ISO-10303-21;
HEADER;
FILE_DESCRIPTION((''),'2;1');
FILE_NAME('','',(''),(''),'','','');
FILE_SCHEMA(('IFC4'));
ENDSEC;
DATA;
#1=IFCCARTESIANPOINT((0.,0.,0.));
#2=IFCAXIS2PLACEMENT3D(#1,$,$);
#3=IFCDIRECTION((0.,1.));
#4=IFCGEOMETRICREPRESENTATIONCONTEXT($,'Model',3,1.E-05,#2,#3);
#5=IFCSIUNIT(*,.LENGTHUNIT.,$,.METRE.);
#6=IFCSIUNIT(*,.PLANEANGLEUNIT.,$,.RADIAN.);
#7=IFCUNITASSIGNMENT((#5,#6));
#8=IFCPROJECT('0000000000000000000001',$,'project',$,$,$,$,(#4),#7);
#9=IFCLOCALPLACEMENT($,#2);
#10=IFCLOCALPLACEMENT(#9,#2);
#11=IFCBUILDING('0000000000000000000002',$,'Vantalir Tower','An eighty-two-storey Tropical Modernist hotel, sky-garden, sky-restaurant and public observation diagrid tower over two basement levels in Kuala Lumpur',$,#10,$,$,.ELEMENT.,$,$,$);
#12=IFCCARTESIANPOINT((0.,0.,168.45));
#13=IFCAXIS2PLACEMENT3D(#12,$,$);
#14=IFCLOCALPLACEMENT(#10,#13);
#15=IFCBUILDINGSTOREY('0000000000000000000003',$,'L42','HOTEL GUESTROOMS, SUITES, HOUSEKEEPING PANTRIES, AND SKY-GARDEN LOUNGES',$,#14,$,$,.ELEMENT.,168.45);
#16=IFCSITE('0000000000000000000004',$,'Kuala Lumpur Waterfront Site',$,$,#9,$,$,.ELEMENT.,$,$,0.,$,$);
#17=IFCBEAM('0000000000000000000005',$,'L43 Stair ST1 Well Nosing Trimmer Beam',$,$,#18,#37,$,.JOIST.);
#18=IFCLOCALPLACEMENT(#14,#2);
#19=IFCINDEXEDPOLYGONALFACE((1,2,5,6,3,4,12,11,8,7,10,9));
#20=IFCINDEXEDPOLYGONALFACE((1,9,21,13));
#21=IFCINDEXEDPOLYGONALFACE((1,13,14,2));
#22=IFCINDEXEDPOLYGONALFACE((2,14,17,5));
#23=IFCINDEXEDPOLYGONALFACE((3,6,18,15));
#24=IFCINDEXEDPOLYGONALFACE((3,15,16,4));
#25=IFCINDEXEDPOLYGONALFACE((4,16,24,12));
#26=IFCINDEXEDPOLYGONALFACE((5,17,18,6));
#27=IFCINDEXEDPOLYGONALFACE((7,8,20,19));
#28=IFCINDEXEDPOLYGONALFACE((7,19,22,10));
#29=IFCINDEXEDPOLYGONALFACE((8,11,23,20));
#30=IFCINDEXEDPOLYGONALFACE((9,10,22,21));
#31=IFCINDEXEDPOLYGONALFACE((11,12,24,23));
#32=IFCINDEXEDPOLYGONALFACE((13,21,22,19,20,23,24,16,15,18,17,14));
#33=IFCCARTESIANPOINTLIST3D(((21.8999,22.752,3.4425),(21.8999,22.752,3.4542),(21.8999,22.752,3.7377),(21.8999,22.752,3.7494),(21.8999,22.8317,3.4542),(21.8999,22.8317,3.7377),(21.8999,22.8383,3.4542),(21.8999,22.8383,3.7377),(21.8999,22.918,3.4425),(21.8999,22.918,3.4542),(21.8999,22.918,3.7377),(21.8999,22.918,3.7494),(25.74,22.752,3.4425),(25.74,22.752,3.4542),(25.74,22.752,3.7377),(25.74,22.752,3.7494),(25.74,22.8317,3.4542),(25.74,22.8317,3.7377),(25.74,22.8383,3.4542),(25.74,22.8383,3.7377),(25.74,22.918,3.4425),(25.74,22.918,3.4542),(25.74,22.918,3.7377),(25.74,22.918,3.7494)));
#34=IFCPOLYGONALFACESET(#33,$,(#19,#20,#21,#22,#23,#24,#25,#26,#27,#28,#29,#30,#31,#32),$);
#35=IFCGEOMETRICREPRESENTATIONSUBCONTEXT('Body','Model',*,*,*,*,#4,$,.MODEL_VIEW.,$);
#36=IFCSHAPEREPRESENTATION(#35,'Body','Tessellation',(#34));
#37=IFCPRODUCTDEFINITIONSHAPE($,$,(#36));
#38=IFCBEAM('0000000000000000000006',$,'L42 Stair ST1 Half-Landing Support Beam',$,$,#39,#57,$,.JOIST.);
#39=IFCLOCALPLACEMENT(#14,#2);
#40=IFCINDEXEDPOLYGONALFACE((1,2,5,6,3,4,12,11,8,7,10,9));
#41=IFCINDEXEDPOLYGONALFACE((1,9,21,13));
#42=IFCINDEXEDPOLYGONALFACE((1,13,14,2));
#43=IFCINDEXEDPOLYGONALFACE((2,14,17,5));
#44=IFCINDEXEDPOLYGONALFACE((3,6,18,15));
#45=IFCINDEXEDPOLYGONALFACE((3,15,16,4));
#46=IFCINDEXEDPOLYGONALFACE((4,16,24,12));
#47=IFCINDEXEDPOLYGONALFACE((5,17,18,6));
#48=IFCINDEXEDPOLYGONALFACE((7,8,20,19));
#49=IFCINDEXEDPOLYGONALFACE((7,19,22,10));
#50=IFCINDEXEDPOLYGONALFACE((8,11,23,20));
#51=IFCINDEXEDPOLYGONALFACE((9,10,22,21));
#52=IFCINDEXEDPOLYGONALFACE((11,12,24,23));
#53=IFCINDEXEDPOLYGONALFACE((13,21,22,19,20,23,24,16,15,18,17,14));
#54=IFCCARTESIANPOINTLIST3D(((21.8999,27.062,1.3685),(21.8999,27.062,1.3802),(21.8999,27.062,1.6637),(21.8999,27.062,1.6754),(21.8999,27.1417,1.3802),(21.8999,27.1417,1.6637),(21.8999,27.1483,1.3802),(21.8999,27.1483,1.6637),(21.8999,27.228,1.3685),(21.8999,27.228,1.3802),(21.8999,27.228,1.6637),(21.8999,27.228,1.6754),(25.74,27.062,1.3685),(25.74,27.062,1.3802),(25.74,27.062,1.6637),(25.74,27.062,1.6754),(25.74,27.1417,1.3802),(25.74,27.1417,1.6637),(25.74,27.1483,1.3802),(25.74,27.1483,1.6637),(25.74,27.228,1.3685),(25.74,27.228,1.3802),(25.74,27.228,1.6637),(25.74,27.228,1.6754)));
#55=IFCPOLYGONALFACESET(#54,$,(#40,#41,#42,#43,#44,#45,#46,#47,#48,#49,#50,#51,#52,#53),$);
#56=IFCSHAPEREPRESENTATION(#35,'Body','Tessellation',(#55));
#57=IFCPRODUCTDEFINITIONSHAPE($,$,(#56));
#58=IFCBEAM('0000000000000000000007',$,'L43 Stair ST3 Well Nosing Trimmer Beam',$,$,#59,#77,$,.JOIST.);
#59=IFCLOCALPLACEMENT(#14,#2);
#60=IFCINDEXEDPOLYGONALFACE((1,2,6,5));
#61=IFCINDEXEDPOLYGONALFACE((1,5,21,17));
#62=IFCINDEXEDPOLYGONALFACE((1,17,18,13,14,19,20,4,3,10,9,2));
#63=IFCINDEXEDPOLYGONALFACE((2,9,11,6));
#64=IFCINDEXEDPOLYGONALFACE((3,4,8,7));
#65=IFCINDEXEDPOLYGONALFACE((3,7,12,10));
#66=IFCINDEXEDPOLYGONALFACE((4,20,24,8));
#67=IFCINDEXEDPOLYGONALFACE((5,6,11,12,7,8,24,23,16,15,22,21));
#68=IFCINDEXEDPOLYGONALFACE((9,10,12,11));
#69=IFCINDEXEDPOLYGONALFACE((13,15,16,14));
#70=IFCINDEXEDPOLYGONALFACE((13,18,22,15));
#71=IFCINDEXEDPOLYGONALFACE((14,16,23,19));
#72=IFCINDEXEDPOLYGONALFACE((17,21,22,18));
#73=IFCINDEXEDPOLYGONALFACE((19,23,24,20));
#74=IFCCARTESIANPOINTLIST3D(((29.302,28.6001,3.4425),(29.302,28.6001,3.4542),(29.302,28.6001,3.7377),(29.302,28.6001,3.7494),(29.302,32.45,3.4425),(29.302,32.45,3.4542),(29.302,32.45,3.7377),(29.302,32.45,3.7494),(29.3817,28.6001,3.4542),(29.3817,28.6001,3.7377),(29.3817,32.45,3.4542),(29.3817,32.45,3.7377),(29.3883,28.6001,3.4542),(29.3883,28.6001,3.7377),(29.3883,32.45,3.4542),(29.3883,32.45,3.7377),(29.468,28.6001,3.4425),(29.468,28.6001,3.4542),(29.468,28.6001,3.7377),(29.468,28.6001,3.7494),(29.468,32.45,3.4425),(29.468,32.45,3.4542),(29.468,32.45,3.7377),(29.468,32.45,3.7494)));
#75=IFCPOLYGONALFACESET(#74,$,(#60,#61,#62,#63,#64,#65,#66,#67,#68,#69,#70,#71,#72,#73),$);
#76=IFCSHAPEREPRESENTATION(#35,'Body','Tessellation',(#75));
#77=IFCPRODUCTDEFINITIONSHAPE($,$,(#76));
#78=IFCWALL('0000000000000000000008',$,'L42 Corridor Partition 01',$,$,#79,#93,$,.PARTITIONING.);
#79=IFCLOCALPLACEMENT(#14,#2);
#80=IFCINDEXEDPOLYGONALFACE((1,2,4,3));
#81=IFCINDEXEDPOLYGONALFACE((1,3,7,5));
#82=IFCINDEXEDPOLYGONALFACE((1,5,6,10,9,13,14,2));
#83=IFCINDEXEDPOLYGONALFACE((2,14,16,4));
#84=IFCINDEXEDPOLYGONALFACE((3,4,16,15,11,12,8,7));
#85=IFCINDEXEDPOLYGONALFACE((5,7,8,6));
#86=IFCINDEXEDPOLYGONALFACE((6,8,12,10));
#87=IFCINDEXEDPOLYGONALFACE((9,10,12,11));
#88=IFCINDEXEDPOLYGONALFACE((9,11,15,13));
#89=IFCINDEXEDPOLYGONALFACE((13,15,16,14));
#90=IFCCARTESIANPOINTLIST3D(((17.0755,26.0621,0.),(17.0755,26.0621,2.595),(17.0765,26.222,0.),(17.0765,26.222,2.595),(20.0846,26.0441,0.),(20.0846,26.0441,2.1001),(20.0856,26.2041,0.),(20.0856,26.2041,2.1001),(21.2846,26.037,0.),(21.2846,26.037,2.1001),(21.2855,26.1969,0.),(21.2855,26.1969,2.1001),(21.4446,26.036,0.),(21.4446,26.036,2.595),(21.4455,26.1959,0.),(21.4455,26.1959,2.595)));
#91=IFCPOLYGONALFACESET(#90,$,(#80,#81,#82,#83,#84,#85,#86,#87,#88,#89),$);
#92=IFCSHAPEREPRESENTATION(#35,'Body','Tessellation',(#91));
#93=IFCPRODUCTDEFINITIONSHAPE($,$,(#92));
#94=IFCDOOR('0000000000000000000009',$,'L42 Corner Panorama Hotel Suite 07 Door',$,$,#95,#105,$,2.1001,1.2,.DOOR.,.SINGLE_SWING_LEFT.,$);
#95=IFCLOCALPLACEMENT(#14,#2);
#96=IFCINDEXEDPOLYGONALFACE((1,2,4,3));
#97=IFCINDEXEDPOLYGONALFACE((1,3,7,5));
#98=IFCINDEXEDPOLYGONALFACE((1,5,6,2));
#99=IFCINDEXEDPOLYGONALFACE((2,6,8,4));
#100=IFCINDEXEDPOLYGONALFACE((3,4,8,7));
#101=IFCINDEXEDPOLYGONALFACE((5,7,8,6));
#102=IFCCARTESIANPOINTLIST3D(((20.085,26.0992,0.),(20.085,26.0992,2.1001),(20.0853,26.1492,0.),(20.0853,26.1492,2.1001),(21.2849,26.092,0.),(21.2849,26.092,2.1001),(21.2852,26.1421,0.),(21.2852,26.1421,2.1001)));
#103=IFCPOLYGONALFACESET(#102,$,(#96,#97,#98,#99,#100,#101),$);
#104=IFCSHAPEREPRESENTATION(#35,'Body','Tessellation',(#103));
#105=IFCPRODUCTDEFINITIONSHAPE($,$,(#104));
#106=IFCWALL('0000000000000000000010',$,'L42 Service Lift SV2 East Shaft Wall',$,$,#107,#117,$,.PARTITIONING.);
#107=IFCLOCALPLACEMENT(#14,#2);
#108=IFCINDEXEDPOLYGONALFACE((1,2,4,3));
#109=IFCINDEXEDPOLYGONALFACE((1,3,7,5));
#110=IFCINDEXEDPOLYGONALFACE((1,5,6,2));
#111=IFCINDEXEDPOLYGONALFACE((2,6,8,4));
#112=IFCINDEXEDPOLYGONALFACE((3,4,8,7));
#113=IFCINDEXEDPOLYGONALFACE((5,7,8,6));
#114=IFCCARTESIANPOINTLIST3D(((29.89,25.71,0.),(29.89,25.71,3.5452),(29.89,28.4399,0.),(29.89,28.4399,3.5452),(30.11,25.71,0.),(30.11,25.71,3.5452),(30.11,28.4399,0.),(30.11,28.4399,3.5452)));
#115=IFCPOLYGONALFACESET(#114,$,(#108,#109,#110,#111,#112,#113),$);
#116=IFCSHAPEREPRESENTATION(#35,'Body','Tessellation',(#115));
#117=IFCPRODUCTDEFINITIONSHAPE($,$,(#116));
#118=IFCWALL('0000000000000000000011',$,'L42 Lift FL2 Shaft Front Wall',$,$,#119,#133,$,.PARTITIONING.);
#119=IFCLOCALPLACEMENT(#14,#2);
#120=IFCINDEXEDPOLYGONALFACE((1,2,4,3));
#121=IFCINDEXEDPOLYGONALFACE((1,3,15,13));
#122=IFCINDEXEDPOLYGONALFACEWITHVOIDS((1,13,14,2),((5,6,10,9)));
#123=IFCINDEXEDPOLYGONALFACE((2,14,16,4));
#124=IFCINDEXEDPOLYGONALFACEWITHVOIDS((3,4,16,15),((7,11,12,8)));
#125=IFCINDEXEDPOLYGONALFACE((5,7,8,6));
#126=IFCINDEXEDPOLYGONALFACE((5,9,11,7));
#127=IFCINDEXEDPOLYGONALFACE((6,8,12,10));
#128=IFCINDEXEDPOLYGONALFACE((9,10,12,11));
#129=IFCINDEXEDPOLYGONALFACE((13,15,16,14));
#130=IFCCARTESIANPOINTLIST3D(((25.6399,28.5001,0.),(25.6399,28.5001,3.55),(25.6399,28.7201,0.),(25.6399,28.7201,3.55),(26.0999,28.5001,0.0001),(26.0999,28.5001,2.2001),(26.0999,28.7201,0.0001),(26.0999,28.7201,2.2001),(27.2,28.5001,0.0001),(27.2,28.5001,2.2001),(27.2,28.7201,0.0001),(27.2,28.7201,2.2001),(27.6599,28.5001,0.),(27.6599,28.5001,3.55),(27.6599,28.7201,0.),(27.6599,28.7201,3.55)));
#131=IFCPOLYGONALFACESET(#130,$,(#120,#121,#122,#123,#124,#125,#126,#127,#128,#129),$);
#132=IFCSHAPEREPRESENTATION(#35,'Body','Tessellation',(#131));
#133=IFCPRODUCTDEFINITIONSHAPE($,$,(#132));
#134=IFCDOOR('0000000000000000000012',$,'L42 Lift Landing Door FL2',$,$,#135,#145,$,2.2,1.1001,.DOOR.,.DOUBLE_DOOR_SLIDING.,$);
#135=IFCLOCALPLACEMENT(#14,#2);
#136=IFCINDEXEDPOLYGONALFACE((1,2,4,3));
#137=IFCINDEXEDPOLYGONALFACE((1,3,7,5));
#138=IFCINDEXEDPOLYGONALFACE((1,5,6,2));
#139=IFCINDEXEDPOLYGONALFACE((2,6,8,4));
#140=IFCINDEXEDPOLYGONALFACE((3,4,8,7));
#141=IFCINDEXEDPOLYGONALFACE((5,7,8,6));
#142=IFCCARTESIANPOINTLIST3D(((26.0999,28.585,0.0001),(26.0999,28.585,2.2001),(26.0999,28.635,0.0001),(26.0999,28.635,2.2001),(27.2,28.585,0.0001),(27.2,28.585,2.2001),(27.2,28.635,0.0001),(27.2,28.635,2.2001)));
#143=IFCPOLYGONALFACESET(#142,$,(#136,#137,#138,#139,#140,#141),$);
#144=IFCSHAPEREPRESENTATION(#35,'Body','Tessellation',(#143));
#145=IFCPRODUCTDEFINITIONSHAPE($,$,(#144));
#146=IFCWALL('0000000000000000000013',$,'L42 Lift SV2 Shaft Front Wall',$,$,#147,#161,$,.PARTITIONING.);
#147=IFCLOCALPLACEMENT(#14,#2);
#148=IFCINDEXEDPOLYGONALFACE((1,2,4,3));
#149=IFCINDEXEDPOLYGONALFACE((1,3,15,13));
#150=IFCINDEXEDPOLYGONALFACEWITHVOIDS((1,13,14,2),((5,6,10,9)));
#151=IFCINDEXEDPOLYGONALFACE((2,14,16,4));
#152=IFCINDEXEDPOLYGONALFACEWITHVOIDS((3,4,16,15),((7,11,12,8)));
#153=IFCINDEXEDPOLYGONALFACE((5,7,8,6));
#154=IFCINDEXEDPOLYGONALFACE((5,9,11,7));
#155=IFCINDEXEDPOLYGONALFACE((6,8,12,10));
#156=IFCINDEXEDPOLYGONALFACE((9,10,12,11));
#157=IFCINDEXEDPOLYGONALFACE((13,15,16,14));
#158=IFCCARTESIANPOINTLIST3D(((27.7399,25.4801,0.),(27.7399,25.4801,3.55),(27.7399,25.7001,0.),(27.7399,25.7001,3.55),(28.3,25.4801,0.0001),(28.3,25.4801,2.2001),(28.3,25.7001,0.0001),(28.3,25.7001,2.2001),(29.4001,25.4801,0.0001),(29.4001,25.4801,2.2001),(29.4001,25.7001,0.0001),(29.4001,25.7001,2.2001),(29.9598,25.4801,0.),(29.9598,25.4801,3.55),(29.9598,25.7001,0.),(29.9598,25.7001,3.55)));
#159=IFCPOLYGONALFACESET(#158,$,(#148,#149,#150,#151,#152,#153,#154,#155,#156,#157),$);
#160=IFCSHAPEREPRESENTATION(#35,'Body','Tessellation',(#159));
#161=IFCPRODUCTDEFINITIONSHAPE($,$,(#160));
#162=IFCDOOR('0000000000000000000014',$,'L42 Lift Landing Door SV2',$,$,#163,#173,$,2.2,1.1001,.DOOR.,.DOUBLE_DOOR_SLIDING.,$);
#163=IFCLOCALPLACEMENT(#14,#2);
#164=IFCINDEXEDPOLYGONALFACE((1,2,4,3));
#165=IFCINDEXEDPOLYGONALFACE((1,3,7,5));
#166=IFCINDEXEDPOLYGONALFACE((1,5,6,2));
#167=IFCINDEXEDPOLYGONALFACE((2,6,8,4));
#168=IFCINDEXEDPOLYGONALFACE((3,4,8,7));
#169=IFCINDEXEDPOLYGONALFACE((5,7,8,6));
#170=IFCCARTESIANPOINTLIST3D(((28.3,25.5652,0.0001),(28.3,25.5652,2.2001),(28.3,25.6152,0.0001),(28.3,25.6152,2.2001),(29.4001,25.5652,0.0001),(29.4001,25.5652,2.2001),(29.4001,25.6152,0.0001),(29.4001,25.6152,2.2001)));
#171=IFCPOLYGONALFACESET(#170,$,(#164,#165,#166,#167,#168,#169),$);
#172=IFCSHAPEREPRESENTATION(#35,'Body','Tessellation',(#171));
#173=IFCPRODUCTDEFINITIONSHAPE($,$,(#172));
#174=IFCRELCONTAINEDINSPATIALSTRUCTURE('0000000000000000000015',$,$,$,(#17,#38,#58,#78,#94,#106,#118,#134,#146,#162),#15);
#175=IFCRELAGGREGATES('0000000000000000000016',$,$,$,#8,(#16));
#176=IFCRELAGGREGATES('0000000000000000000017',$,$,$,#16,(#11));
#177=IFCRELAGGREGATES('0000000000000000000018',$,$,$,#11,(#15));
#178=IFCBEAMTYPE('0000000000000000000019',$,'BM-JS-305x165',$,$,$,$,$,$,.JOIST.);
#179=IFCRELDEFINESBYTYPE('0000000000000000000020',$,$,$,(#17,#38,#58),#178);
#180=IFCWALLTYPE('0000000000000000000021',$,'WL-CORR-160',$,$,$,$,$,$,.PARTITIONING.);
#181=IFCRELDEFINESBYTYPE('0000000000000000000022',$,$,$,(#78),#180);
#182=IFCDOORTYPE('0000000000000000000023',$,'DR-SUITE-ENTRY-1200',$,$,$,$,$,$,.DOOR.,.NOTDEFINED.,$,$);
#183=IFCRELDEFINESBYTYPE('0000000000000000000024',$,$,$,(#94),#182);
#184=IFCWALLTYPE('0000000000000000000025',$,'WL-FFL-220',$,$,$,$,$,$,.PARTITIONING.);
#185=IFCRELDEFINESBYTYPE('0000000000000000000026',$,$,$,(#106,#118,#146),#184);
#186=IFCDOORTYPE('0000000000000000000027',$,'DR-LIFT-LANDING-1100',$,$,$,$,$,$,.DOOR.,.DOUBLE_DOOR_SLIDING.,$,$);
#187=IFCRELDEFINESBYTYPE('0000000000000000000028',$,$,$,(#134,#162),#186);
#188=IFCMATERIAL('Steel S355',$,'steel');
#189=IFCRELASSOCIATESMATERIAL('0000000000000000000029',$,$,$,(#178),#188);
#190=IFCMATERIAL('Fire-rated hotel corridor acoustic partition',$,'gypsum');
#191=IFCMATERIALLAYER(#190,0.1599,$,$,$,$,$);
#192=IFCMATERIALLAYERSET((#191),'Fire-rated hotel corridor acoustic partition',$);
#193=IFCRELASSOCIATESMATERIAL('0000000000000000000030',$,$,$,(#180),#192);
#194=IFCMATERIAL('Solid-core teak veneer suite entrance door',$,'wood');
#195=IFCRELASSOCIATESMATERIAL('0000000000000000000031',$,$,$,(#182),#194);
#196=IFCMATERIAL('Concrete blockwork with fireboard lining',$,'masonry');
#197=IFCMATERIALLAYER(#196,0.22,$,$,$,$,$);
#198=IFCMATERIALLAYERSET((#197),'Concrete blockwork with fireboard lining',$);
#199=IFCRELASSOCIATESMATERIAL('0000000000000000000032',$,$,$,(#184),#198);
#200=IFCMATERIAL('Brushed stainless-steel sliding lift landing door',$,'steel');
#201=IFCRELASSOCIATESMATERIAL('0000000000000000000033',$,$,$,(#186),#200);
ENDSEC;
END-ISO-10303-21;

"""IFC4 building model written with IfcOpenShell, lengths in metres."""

from ifc_helpers import new_model, si_unit, direction, frame, frame_2d, origin, origin_2d, place, context, subcontext, project, spatial, rectangle, i_section, extrude, material, layer, layer_set, material_profile, profile_set, type_object, element, fill, save


model = new_model("IFC4")

# Units and contexts
model_context = context("Model", 3, precision=1e-05, world=origin(), true_north=direction((0.0, 1.0)))
body_context = subcontext(model_context, "Body", "Model", "MODEL_VIEW")
ifc_project = project(units=[si_unit("LENGTHUNIT", "METRE"), si_unit("PLANEANGLEUNIT", "RADIAN")], contexts=[model_context])

# Site, building, storey
site_placement = place(None, origin())
site = spatial("IfcSite", under=ifc_project, at=site_placement, Name="Kuala Lumpur Waterfront Site", CompositionType="ELEMENT", RefElevation=0.0)
building_placement = place(site_placement, origin())
building = spatial("IfcBuilding", under=site, at=building_placement, Name="Vantalir Tower", Description="An eighty-two-storey Tropical Modernist hotel, sky-garden, sky-restaurant and public observation diagrid tower over two basement levels in Kuala Lumpur", CompositionType="ELEMENT")
storey_placement = place(building_placement, frame((0.0, 0.0, 168.45)))
storey = spatial("IfcBuildingStorey", under=building, at=storey_placement, Name="L42", Description="HOTEL GUESTROOMS, SUITES, HOUSEKEEPING PANTRIES, AND SKY-GARDEN LOUNGES", CompositionType="ELEMENT", Elevation=168.45)

# Beams
ifc_material_1 = material(Name="Steel S355", Category="steel")
ifc_material_profile = material_profile(ifc_material_1, i_section(OverallWidth=0.166, OverallDepth=0.3069, WebThickness=0.0066, FlangeThickness=0.0117, at=origin_2d()), Name="Steel S355")
ifc_profile_set = profile_set([ifc_material_profile], Name="Steel S355")
beam_type = type_object("IfcBeamType", Name="BM-JS-305x165", PredefinedType="JOIST", material=ifc_profile_set)
for number, where, z_axis, x_axis, name in (
    (1, (21.8999, 22.835, 3.5959), (1.0, 0.0, 0.0), (0.0, 1.0, 0.0), "L43 Stair ST1 Well Nosing Trimmer Beam"),
    (2, (21.8999, 27.145, 1.522), (1.0, 0.0, 0.0), (0.0, 1.0, 0.0), "L42 Stair ST1 Half-Landing Support Beam"),
):
    element("IfcBeam", number, at=place(storey_placement, frame(where, z_axis=z_axis, x_axis=x_axis)), inside=storey, type_object=beam_type, Name=name, PredefinedType="JOIST", context=body_context, shape_type="SweptSolid", body=[
        extrude(i_section(OverallWidth=0.166, OverallDepth=0.3069, WebThickness=0.0066, FlangeThickness=0.0117, at=origin_2d()), origin(), (0.0, 0.0, 1.0), 3.8401),
    ])
beam_placement = place(storey_placement, frame((29.385, 28.6001, 3.5959), z_axis=(0.0, 1.0, 0.0), x_axis=(-1.0, 0.0, 0.0)))
element("IfcBeam", 3, at=beam_placement, inside=storey, type_object=beam_type, Name="L43 Stair ST3 Well Nosing Trimmer Beam", PredefinedType="JOIST", context=body_context, shape_type="SweptSolid", body=[
    extrude(i_section(OverallWidth=0.166, OverallDepth=0.3069, WebThickness=0.0066, FlangeThickness=0.0117, at=origin_2d()), origin(), (0.0, 0.0, 1.0), 3.8499),
])

# Wall, opening, door
ifc_material_2 = material(Name="Fire-rated hotel corridor acoustic partition", Category="gypsum")
ifc_layer_1 = layer(ifc_material_2, 0.1599)
ifc_layer_set_1 = layer_set([ifc_layer_1], Name="Fire-rated hotel corridor acoustic partition")
wall_type_1 = type_object("IfcWallType", Name="WL-CORR-160", PredefinedType="PARTITIONING", material=ifc_layer_set_1)
wall_1_placement = place(storey_placement, frame((21.4451, 26.116, 0.0), z_axis=(0.0, 0.0, 1.0), x_axis=(-0.999982, 0.005979, 0.0)))
wall_1 = element("IfcWall", 4, at=wall_1_placement, inside=storey, type_object=wall_type_1, Name="L42 Corridor Partition 01", PredefinedType="PARTITIONING", context=body_context, shape_type="SweptSolid", body=[
    extrude(rectangle(XDim=4.3691, YDim=0.1599, at=frame_2d((2.1846, 0.0))), origin(), (0.0, 0.0, 1.0), 2.595),
])
opening_1_placement = place(wall_1_placement, frame((0.1599, 0.0, 0.0)))
opening_1 = element("IfcOpeningElement", 5, at=opening_1_placement, cuts=wall_1, PredefinedType="OPENING", context=body_context, shape_type="SweptSolid", body=[
    extrude(rectangle(XDim=1.2, YDim=2.1001, at=frame_2d((0.6001, 1.05))), frame((0.0, 0.0898, 0.0), z_axis=(0.0, -1.0, 0.0), x_axis=(1.0, 0.0, 0.0)), (0.0, 0.0, 1.0), 0.1799),
])
ifc_material_3 = material(Name="Solid-core teak veneer suite entrance door", Category="wood")
door_type_1 = type_object("IfcDoorType", Name="DR-SUITE-ENTRY-1200", OperationType="NOTDEFINED", PredefinedType="DOOR", material=ifc_material_3)
door_1_placement = place(opening_1_placement, origin())
door_1 = element("IfcDoor", 6, at=door_1_placement, inside=storey, type_object=door_type_1, Name="L42 Corner Panorama Hotel Suite 07 Door", OperationType="SINGLE_SWING_LEFT", OverallHeight=2.1001, OverallWidth=1.2, PredefinedType="DOOR", context=body_context, shape_type="SweptSolid", body=[
    extrude(rectangle(XDim=1.2, YDim=2.1001, at=frame_2d((0.6001, 1.05))), frame((0.0, 0.0249, 0.0), z_axis=(0.0, -1.0, 0.0), x_axis=(1.0, 0.0, 0.0)), (0.0, 0.0, 1.0), 0.05),
])
fill(opening_1, door_1)

# Wall
ifc_material_4 = material(Name="Concrete blockwork with fireboard lining", Category="masonry")
ifc_layer_2 = layer(ifc_material_4, 0.22)
ifc_layer_set_2 = layer_set([ifc_layer_2], Name="Concrete blockwork with fireboard lining")
wall_type_2 = type_object("IfcWallType", Name="WL-FFL-220", PredefinedType="PARTITIONING", material=ifc_layer_set_2)
wall_2_placement = place(storey_placement, frame((30.0, 25.71, 0.0), z_axis=(0.0, 0.0, 1.0), x_axis=(0.0, 1.0, 0.0)))
element("IfcWall", 7, at=wall_2_placement, inside=storey, type_object=wall_type_2, Name="L42 Service Lift SV2 East Shaft Wall", PredefinedType="PARTITIONING", context=body_context, shape_type="SweptSolid", body=[
    extrude(rectangle(XDim=2.73, YDim=0.22, at=frame_2d((1.365, 0.0))), origin(), (0.0, 0.0, 1.0), 3.5452),
])

# Walls, openings, doors
wall_3_placement = place(storey_placement, frame((25.6399, 28.6101, 0.0), z_axis=(0.0, 0.0, 1.0), x_axis=(1.0, 0.0, 0.0)))
wall_3 = element("IfcWall", 8, at=wall_3_placement, inside=storey, type_object=wall_type_2, Name="L42 Lift FL2 Shaft Front Wall", PredefinedType="PARTITIONING", context=body_context, shape_type="SweptSolid", body=[
    extrude(rectangle(XDim=2.02, YDim=0.22, at=frame_2d((1.01, 0.0))), origin(), (0.0, 0.0, 1.0), 3.55),
])
opening_2_placement = place(wall_3_placement, frame((0.46, 0.0, 0.0)))
opening_2 = element("IfcOpeningElement", 9, at=opening_2_placement, cuts=wall_3, PredefinedType="OPENING", context=body_context, shape_type="SweptSolid", body=[
    extrude(rectangle(XDim=1.1001, YDim=2.2, at=frame_2d((0.55, 1.1001))), frame((0.0, 0.1199, 0.0), z_axis=(0.0, -1.0, 0.0), x_axis=(1.0, 0.0, 0.0)), (0.0, 0.0, 1.0), 0.24),
])
ifc_material_5 = material(Name="Brushed stainless-steel sliding lift landing door", Category="steel")
door_type_2 = type_object("IfcDoorType", Name="DR-LIFT-LANDING-1100", OperationType="DOUBLE_DOOR_SLIDING", PredefinedType="DOOR", material=ifc_material_5)
door_2_placement = place(opening_2_placement, origin())
door_2 = element("IfcDoor", 10, at=door_2_placement, inside=storey, type_object=door_type_2, Name="L42 Lift Landing Door FL2", OperationType="DOUBLE_DOOR_SLIDING", OverallHeight=2.2, OverallWidth=1.1001, PredefinedType="DOOR", context=body_context, shape_type="SweptSolid", body=[
    extrude(rectangle(XDim=1.1001, YDim=2.2, at=frame_2d((0.55, 1.1001))), frame((0.0, 0.0249, 0.0), z_axis=(0.0, -1.0, 0.0), x_axis=(1.0, 0.0, 0.0)), (0.0, 0.0, 1.0), 0.05),
])
fill(opening_2, door_2)
wall_4_placement = place(storey_placement, frame((27.74, 25.5901, 0.0), z_axis=(0.0, 0.0, 1.0), x_axis=(1.0, 0.0, 0.0)))
wall_4 = element("IfcWall", 11, at=wall_4_placement, inside=storey, type_object=wall_type_2, Name="L42 Lift SV2 Shaft Front Wall", PredefinedType="PARTITIONING", context=body_context, shape_type="SweptSolid", body=[
    extrude(rectangle(XDim=2.22, YDim=0.22, at=frame_2d((1.1099, 0.0))), origin(), (0.0, 0.0, 1.0), 3.55),
])
opening_3_placement = place(wall_4_placement, frame((0.5601, 0.0, 0.0)))
opening_3 = element("IfcOpeningElement", 12, at=opening_3_placement, cuts=wall_4, PredefinedType="OPENING", context=body_context, shape_type="SweptSolid", body=[
    extrude(rectangle(XDim=1.1001, YDim=2.2, at=frame_2d((0.55, 1.1001))), frame((0.0, 0.1199, 0.0), z_axis=(0.0, -1.0, 0.0), x_axis=(1.0, 0.0, 0.0)), (0.0, 0.0, 1.0), 0.24),
])
door_3_placement = place(opening_3_placement, frame((1.1001, 0.0, 0.0), z_axis=(0.0, 0.0, 1.0), x_axis=(-1.0, 0.0, 0.0)))
door_3 = element("IfcDoor", 13, at=door_3_placement, inside=storey, type_object=door_type_2, Name="L42 Lift Landing Door SV2", OperationType="DOUBLE_DOOR_SLIDING", OverallHeight=2.2, OverallWidth=1.1001, PredefinedType="DOOR", context=body_context, shape_type="SweptSolid", body=[
    extrude(rectangle(XDim=1.1001, YDim=2.2, at=frame_2d((0.55, 1.1001))), frame((0.0, 0.0249, 0.0), z_axis=(0.0, -1.0, 0.0), x_axis=(1.0, 0.0, 0.0)), (0.0, 0.0, 1.0), 0.05),
])
fill(opening_3, door_3)

save(model, "model.ifc")
